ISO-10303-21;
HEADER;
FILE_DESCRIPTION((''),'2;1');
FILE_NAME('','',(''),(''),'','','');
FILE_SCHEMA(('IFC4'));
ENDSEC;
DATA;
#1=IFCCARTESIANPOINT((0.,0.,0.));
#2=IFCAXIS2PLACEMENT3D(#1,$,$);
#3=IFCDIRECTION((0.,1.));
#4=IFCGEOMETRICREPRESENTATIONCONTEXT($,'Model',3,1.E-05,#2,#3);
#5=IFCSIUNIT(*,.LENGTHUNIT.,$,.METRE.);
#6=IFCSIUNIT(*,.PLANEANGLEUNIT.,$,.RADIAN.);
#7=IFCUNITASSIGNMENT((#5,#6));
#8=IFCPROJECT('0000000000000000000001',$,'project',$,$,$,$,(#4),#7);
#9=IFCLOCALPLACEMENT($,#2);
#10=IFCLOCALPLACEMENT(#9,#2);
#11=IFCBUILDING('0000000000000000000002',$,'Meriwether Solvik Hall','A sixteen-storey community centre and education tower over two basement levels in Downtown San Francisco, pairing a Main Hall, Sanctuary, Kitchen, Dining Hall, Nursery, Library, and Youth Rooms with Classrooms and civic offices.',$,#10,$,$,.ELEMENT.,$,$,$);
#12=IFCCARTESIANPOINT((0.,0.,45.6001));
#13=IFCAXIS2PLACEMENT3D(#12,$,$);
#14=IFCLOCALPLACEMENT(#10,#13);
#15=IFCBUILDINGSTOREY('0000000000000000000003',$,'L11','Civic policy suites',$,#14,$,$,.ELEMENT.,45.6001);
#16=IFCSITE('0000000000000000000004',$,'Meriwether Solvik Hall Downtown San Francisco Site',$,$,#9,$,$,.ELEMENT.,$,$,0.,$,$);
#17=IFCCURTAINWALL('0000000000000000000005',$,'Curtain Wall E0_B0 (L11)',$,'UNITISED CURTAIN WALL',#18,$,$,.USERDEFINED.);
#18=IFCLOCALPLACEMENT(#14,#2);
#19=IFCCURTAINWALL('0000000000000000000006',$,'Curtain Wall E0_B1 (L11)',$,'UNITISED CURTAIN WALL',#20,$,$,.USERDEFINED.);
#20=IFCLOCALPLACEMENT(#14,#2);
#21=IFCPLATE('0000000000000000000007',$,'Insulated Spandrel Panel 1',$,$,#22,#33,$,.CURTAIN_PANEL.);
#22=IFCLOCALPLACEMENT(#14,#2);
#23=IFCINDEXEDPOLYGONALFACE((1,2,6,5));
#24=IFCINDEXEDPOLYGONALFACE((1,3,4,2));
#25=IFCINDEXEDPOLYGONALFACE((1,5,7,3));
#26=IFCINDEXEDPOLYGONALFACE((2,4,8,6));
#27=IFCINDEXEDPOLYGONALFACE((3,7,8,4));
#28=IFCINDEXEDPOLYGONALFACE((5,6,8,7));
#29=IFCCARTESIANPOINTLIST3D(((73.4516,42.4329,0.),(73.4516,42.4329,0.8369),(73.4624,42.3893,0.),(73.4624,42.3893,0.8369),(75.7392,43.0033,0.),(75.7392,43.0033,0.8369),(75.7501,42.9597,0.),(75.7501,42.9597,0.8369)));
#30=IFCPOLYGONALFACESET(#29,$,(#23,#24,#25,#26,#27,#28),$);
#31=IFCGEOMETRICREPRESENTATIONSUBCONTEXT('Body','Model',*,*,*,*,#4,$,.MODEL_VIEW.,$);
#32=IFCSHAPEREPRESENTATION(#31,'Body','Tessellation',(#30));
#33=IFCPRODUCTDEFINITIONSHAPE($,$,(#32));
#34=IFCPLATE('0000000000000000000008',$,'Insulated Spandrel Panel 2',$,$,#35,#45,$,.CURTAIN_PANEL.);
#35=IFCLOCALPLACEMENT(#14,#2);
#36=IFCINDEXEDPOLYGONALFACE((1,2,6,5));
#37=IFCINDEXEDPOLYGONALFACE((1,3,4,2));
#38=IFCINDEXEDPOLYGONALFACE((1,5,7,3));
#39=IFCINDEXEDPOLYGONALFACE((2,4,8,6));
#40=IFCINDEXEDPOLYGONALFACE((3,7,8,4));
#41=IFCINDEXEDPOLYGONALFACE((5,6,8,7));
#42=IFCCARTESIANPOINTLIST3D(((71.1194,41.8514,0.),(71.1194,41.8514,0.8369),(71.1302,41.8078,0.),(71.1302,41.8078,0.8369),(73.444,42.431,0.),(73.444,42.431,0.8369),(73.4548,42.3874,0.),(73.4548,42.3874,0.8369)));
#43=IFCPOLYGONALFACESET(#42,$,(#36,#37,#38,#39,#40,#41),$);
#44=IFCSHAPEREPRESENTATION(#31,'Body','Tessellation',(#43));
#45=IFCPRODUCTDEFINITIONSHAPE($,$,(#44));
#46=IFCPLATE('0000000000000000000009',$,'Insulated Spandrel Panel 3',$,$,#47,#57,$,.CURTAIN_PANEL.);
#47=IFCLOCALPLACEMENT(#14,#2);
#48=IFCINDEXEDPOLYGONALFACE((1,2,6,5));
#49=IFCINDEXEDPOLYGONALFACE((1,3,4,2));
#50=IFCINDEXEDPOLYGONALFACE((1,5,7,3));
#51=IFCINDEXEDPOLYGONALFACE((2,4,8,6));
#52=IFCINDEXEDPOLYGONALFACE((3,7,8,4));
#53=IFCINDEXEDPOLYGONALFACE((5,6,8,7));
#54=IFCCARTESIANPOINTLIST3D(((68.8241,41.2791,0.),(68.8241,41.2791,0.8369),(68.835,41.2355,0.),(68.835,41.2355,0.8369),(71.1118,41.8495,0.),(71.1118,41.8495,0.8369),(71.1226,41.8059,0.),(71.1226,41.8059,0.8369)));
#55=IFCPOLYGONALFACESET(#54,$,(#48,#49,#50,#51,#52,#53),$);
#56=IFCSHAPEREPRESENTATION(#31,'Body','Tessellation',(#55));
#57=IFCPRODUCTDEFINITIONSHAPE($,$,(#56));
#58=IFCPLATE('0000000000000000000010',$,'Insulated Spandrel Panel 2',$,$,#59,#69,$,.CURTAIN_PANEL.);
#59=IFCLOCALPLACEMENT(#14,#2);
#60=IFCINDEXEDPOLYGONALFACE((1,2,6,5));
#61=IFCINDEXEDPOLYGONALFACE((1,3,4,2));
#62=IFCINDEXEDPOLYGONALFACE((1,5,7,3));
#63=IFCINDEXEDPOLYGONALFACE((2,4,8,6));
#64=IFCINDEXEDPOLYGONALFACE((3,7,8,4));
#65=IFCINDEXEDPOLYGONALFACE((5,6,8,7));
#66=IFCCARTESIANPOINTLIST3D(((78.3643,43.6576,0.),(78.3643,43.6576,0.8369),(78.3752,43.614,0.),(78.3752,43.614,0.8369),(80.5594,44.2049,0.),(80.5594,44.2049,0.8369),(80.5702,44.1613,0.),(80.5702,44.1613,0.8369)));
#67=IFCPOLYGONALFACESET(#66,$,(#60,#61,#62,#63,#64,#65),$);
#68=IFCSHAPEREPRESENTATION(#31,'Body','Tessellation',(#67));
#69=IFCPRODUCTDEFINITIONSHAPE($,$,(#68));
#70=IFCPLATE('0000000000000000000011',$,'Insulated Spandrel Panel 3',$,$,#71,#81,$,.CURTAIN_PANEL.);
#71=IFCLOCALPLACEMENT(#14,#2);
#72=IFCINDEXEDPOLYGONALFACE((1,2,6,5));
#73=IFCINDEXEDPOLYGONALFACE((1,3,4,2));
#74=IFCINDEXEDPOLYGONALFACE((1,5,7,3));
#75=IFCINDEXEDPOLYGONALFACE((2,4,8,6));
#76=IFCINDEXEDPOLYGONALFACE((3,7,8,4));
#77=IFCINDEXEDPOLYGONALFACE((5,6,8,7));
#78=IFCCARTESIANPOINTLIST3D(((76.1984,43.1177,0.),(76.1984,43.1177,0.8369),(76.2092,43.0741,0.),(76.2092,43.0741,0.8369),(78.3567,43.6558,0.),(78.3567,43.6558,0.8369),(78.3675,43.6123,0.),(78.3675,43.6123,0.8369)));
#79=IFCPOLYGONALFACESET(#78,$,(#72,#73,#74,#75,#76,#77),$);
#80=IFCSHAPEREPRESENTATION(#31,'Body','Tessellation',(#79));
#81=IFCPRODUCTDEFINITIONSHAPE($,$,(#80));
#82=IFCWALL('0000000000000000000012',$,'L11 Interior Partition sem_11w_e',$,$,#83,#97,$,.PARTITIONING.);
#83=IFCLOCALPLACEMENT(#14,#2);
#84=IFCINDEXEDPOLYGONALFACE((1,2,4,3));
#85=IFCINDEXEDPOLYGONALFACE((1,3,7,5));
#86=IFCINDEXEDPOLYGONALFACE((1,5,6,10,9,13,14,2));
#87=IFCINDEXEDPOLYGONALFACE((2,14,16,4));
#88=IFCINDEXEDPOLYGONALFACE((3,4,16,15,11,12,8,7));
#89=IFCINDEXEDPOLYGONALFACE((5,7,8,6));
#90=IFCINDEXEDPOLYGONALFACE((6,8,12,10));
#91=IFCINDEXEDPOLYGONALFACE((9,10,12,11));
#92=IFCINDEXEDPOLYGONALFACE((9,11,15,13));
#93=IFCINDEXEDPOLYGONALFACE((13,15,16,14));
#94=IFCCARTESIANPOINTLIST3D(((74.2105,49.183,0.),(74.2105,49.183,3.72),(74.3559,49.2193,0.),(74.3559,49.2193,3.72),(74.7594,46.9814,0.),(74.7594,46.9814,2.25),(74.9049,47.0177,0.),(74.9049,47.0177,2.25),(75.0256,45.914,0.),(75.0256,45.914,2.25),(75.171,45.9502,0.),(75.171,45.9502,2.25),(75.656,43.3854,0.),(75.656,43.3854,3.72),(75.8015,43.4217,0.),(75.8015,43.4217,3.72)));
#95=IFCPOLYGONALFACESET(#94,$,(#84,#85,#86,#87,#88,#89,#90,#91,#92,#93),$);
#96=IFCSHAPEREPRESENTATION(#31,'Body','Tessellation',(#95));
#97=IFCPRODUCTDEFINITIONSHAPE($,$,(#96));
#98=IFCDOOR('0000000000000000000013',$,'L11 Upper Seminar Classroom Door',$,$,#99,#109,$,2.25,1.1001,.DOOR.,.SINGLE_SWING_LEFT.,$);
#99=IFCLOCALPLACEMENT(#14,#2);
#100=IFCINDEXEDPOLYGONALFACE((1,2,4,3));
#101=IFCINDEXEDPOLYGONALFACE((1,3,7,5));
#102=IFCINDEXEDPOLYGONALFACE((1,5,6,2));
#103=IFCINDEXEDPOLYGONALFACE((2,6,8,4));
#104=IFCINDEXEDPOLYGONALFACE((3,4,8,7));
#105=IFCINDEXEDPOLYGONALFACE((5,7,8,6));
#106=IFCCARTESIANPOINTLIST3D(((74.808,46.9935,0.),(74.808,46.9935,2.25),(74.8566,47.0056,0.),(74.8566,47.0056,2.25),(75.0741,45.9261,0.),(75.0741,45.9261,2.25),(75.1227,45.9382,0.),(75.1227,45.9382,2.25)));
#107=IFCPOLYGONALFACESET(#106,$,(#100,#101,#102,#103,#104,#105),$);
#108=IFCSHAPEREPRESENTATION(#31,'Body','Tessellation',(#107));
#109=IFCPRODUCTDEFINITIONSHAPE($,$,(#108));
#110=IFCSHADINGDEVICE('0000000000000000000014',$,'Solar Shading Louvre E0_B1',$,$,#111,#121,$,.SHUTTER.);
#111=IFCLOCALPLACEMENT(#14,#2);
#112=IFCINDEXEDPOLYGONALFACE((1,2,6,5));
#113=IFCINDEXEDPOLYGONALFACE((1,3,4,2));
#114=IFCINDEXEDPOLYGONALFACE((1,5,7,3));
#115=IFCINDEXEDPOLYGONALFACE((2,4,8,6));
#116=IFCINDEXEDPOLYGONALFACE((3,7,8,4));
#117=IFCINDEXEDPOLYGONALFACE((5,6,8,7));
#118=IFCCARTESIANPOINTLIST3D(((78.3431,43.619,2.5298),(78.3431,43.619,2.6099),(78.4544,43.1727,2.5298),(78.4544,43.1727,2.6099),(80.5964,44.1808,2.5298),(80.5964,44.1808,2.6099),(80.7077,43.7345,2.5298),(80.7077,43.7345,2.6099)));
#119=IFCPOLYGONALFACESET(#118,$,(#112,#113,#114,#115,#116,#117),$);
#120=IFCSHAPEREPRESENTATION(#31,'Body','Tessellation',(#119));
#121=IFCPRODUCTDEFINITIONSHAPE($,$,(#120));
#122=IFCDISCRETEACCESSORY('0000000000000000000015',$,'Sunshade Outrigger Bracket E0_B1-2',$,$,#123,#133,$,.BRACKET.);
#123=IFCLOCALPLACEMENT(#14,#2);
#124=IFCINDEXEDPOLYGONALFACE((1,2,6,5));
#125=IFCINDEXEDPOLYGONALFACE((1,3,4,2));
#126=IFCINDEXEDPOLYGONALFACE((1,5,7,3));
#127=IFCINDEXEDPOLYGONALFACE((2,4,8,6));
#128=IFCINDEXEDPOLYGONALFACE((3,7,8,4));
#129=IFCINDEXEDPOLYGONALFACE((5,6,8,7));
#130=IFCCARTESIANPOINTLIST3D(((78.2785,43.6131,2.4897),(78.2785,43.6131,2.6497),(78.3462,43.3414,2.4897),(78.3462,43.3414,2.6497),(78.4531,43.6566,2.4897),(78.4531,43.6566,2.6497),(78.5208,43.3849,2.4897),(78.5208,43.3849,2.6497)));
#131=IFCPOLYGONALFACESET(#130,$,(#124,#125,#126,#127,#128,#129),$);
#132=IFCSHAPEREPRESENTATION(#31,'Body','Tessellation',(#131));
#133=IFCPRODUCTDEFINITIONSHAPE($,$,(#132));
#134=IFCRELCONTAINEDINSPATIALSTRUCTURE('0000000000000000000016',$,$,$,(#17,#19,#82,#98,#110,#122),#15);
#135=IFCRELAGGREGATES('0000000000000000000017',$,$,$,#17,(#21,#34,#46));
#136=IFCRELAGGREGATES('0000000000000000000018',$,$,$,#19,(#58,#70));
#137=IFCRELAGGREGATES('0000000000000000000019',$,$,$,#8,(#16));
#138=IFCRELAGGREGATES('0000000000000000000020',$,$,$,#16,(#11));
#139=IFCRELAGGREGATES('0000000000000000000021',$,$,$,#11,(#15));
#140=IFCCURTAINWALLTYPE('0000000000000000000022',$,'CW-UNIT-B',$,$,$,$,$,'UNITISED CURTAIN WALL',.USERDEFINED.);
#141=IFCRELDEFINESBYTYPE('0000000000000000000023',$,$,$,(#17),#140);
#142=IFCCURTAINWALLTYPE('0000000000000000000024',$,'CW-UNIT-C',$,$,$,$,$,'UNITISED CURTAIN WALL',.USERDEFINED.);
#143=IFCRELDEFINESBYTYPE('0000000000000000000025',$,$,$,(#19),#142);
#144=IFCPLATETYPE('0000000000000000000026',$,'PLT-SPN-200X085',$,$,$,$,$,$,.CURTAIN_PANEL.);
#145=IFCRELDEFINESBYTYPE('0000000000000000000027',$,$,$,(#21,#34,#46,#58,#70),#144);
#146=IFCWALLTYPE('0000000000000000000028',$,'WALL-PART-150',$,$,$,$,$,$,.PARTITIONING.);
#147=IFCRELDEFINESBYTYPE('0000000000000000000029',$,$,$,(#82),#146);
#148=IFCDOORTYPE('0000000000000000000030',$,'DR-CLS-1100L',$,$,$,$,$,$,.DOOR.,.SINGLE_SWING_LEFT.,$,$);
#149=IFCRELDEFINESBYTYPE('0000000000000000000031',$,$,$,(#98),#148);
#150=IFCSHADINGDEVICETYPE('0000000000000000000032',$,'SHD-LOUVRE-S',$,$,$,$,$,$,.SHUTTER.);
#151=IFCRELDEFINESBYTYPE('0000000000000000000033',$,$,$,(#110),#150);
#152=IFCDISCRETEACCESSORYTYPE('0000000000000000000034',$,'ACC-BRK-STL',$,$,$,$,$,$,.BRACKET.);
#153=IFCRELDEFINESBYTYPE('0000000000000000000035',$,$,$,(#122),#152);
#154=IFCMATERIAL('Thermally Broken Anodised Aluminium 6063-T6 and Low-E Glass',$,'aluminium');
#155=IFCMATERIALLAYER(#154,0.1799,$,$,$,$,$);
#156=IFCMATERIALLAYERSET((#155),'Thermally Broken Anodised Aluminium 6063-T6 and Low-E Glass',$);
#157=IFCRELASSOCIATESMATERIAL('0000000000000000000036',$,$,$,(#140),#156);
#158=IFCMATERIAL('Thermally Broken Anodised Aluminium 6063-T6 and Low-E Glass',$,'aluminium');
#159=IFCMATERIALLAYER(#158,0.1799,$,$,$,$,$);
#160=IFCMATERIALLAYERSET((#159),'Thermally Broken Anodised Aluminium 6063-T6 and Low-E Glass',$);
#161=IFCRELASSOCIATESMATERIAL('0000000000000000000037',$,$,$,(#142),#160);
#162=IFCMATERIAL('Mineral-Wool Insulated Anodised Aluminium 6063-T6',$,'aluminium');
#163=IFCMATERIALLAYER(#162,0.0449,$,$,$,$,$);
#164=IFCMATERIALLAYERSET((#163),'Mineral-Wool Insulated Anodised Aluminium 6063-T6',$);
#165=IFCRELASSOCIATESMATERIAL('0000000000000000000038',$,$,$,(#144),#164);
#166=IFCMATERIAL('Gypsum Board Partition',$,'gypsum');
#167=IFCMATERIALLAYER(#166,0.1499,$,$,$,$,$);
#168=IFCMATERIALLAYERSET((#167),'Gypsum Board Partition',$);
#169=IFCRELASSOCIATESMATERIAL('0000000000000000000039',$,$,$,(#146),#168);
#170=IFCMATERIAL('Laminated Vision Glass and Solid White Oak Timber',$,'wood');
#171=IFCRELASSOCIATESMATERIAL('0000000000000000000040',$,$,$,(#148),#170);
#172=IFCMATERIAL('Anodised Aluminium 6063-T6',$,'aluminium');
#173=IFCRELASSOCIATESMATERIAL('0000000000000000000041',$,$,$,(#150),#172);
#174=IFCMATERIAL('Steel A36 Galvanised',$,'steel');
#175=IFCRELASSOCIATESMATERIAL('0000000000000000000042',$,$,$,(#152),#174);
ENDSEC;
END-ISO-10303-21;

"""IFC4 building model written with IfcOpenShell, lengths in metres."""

from ifc_helpers import new_model, si_unit, direction, frame, frame_2d, origin, origin_2d, place, context, subcontext, project, spatial, rectangle, extrude, material, layer, layer_set, type_object, element, fill, aggregate, save


model = new_model("IFC4")

# Units and contexts
model_context = context("Model", 3, precision=1e-05, world=origin(), true_north=direction((0.0, 1.0)))
body_context = subcontext(model_context, "Body", "Model", "MODEL_VIEW")
ifc_project = project(units=[si_unit("LENGTHUNIT", "METRE"), si_unit("PLANEANGLEUNIT", "RADIAN")], contexts=[model_context])

# Site, building, storey
site_placement = place(None, origin())
site = spatial("IfcSite", under=ifc_project, at=site_placement, Name="Meriwether Solvik Hall Downtown San Francisco Site", CompositionType="ELEMENT", RefElevation=0.0)
building_placement = place(site_placement, origin())
building = spatial("IfcBuilding", under=site, at=building_placement, Name="Meriwether Solvik Hall", Description="A sixteen-storey community centre and education tower over two basement levels in Downtown San Francisco, pairing a Main Hall, Sanctuary, Kitchen, Dining Hall, Nursery, Library, and Youth Rooms with Classrooms and civic offices.", CompositionType="ELEMENT")
storey_placement = place(building_placement, frame((0.0, 0.0, 45.6001)))
storey = spatial("IfcBuildingStorey", under=building, at=storey_placement, Name="L11", Description="Civic policy suites", CompositionType="ELEMENT", Elevation=45.6001)

# Curtain walls
ifc_material_1 = material(Name="Thermally Broken Anodised Aluminium 6063-T6 and Low-E Glass", Category="aluminium")
ifc_layer_1 = layer(ifc_material_1, 0.1799)
ifc_layer_set_1 = layer_set([ifc_layer_1], Name="Thermally Broken Anodised Aluminium 6063-T6 and Low-E Glass")
curtain_wall_type_1 = type_object("IfcCurtainWallType", Name="CW-UNIT-B", ElementType="UNITISED CURTAIN WALL", PredefinedType="USERDEFINED", material=ifc_layer_set_1)
curtain_wall_1_placement = place(storey_placement, origin())
curtain_wall_1 = element("IfcCurtainWall", 1, at=curtain_wall_1_placement, inside=storey, type_object=curtain_wall_type_1, Name="Curtain Wall E0_B0 (L11)", ObjectType="UNITISED CURTAIN WALL", PredefinedType="USERDEFINED")
ifc_material_2 = material(Name="Thermally Broken Anodised Aluminium 6063-T6 and Low-E Glass", Category="aluminium")
ifc_layer_2 = layer(ifc_material_2, 0.1799)
ifc_layer_set_2 = layer_set([ifc_layer_2], Name="Thermally Broken Anodised Aluminium 6063-T6 and Low-E Glass")
curtain_wall_type_2 = type_object("IfcCurtainWallType", Name="CW-UNIT-C", ElementType="UNITISED CURTAIN WALL", PredefinedType="USERDEFINED", material=ifc_layer_set_2)
curtain_wall_2_placement = place(storey_placement, origin())
curtain_wall_2 = element("IfcCurtainWall", 2, at=curtain_wall_2_placement, inside=storey, type_object=curtain_wall_type_2, Name="Curtain Wall E0_B1 (L11)", ObjectType="UNITISED CURTAIN WALL", PredefinedType="USERDEFINED")

# Plates
ifc_material_3 = material(Name="Mineral-Wool Insulated Anodised Aluminium 6063-T6", Category="aluminium")
ifc_layer_3 = layer(ifc_material_3, 0.0449)
ifc_layer_set_3 = layer_set([ifc_layer_3], Name="Mineral-Wool Insulated Anodised Aluminium 6063-T6")
plate_type_1 = type_object("IfcPlateType", Name="PLT-SPN-200X085", PredefinedType="CURTAIN_PANEL", material=ifc_layer_set_3)
plate_1_placement = place(storey_placement, frame((74.6008, 42.6963, 0.0), z_axis=(0.0, 0.0, 1.0), x_axis=(-0.970296, -0.241922, 0.0)))
plate_1 = element("IfcPlate", 3, at=plate_1_placement, type_object=plate_type_1, Name="Insulated Spandrel Panel 1", PredefinedType="CURTAIN_PANEL", context=body_context, shape_type="SweptSolid", body=[
    extrude(rectangle(XDim=2.3577, YDim=0.0449, at=origin_2d()), origin(), (0.0, 0.0, 1.0), 0.8369),
])
plate_2_placement = place(storey_placement, frame((72.2871, 42.1194, 0.0), z_axis=(0.0, 0.0, 1.0), x_axis=(-0.970296, -0.241922, 0.0)))
plate_2 = element("IfcPlate", 4, at=plate_2_placement, type_object=plate_type_1, Name="Insulated Spandrel Panel 2", PredefinedType="CURTAIN_PANEL", context=body_context, shape_type="SweptSolid", body=[
    extrude(rectangle(XDim=2.3958, YDim=0.0449, at=origin_2d()), origin(), (0.0, 0.0, 1.0), 0.8369),
])
plate_3_placement = place(storey_placement, frame((69.9734, 41.5425, 0.0), z_axis=(0.0, 0.0, 1.0), x_axis=(-0.970296, -0.241922, 0.0)))
plate_3 = element("IfcPlate", 5, at=plate_3_placement, type_object=plate_type_1, Name="Insulated Spandrel Panel 3", PredefinedType="CURTAIN_PANEL", context=body_context, shape_type="SweptSolid", body=[
    extrude(rectangle(XDim=2.3577, YDim=0.0449, at=origin_2d()), origin(), (0.0, 0.0, 1.0), 0.8369),
])
aggregate(curtain_wall_1, [plate_1, plate_2, plate_3])
plate_4_placement = place(storey_placement, frame((79.4673, 43.9094, 0.0), z_axis=(0.0, 0.0, 1.0), x_axis=(-0.970296, -0.241922, 0.0)))
plate_4 = element("IfcPlate", 6, at=plate_4_placement, type_object=plate_type_1, Name="Insulated Spandrel Panel 2", PredefinedType="CURTAIN_PANEL", context=body_context, shape_type="SweptSolid", body=[
    extrude(rectangle(XDim=2.2622, YDim=0.0449, at=origin_2d()), origin(), (0.0, 0.0, 1.0), 0.8369),
])
plate_5_placement = place(storey_placement, frame((77.283, 43.365, 0.0), z_axis=(0.0, 0.0, 1.0), x_axis=(-0.970296, -0.241922, 0.0)))
plate_5 = element("IfcPlate", 7, at=plate_5_placement, type_object=plate_type_1, Name="Insulated Spandrel Panel 3", PredefinedType="CURTAIN_PANEL", context=body_context, shape_type="SweptSolid", body=[
    extrude(rectangle(XDim=2.2244, YDim=0.0449, at=origin_2d()), origin(), (0.0, 0.0, 1.0), 0.8369),
])
aggregate(curtain_wall_2, [plate_4, plate_5])

# Wall, opening, door
ifc_material_4 = material(Name="Gypsum Board Partition", Category="gypsum")
ifc_layer_4 = layer(ifc_material_4, 0.1499)
ifc_layer_set_4 = layer_set([ifc_layer_4], Name="Gypsum Board Partition")
wall_type = type_object("IfcWallType", Name="WALL-PART-150", PredefinedType="PARTITIONING", material=ifc_layer_set_4)
wall_placement = place(storey_placement, frame((75.7288, 43.4036, 0.0), z_axis=(0.0, 0.0, 1.0), x_axis=(-0.24193, 0.970294, 0.0)))
wall = element("IfcWall", 8, at=wall_placement, inside=storey, type_object=wall_type, Name="L11 Interior Partition sem_11w_e", PredefinedType="PARTITIONING", context=body_context, shape_type="SweptSolid", body=[
    extrude(rectangle(XDim=5.9751, YDim=0.1499, at=frame_2d((2.9875, 0.0))), origin(), (0.0, 0.0, 1.0), 3.72),
])
opening_placement = place(wall_placement, frame((2.606, 0.0, 0.0)))
opening = element("IfcOpeningElement", 9, at=opening_placement, cuts=wall, PredefinedType="OPENING", context=body_context, shape_type="SweptSolid", body=[
    extrude(rectangle(XDim=1.1001, YDim=2.25, at=frame_2d((0.55, 1.125))), frame((0.0, 0.0869, 0.0), z_axis=(0.0, -1.0, 0.0), x_axis=(1.0, 0.0, 0.0)), (0.0, 0.0, 1.0), 0.1738),
])
ifc_material_5 = material(Name="Laminated Vision Glass and Solid White Oak Timber", Category="wood")
door_type = type_object("IfcDoorType", Name="DR-CLS-1100L", OperationType="SINGLE_SWING_LEFT", PredefinedType="DOOR", material=ifc_material_5)
door_placement = place(opening_placement, origin())
door = element("IfcDoor", 10, at=door_placement, inside=storey, type_object=door_type, Name="L11 Upper Seminar Classroom Door", OperationType="SINGLE_SWING_LEFT", OverallHeight=2.25, OverallWidth=1.1001, PredefinedType="DOOR", context=body_context, shape_type="SweptSolid", body=[
    extrude(rectangle(XDim=1.1001, YDim=2.25, at=frame_2d((0.55, 1.125))), frame((0.0, 0.0249, 0.0), z_axis=(0.0, -1.0, 0.0), x_axis=(1.0, 0.0, 0.0)), (0.0, 0.0, 1.0), 0.05),
])
fill(opening, door)

# Shading device
ifc_material_6 = material(Name="Anodised Aluminium 6063-T6", Category="aluminium")
shading_device_type = type_object("IfcShadingDeviceType", Name="SHD-LOUVRE-S", PredefinedType="SHUTTER", material=ifc_material_6)
shading_device_placement = place(storey_placement, frame((79.5254, 43.6768, 2.5298), z_axis=(0.0, 0.0, 1.0), x_axis=(-0.970296, -0.241922, 0.0)))
element("IfcShadingDevice", 11, at=shading_device_placement, inside=storey, type_object=shading_device_type, Name="Solar Shading Louvre E0_B1", PredefinedType="SHUTTER", context=body_context, shape_type="SweptSolid", body=[
    extrude(rectangle(XDim=2.3223, YDim=0.46, at=origin_2d()), origin(), (0.0, 0.0, 1.0), 0.0801),
])

# Discrete accessory
ifc_material_7 = material(Name="Steel A36 Galvanised", Category="steel")
discrete_accessory_type = type_object("IfcDiscreteAccessoryType", Name="ACC-BRK-STL", PredefinedType="BRACKET", material=ifc_material_7)
discrete_accessory_placement = place(storey_placement, frame((78.3997, 43.499, 2.4897), z_axis=(0.0, 0.0, 1.0), x_axis=(-0.970296, -0.241922, 0.0)))
element("IfcDiscreteAccessory", 12, at=discrete_accessory_placement, inside=storey, type_object=discrete_accessory_type, Name="Sunshade Outrigger Bracket E0_B1-2", PredefinedType="BRACKET", context=body_context, shape_type="SweptSolid", body=[
    extrude(rectangle(XDim=0.1799, YDim=0.28, at=origin_2d()), origin(), (0.0, 0.0, 1.0), 0.1599),
])

save(model, "model.ifc")
